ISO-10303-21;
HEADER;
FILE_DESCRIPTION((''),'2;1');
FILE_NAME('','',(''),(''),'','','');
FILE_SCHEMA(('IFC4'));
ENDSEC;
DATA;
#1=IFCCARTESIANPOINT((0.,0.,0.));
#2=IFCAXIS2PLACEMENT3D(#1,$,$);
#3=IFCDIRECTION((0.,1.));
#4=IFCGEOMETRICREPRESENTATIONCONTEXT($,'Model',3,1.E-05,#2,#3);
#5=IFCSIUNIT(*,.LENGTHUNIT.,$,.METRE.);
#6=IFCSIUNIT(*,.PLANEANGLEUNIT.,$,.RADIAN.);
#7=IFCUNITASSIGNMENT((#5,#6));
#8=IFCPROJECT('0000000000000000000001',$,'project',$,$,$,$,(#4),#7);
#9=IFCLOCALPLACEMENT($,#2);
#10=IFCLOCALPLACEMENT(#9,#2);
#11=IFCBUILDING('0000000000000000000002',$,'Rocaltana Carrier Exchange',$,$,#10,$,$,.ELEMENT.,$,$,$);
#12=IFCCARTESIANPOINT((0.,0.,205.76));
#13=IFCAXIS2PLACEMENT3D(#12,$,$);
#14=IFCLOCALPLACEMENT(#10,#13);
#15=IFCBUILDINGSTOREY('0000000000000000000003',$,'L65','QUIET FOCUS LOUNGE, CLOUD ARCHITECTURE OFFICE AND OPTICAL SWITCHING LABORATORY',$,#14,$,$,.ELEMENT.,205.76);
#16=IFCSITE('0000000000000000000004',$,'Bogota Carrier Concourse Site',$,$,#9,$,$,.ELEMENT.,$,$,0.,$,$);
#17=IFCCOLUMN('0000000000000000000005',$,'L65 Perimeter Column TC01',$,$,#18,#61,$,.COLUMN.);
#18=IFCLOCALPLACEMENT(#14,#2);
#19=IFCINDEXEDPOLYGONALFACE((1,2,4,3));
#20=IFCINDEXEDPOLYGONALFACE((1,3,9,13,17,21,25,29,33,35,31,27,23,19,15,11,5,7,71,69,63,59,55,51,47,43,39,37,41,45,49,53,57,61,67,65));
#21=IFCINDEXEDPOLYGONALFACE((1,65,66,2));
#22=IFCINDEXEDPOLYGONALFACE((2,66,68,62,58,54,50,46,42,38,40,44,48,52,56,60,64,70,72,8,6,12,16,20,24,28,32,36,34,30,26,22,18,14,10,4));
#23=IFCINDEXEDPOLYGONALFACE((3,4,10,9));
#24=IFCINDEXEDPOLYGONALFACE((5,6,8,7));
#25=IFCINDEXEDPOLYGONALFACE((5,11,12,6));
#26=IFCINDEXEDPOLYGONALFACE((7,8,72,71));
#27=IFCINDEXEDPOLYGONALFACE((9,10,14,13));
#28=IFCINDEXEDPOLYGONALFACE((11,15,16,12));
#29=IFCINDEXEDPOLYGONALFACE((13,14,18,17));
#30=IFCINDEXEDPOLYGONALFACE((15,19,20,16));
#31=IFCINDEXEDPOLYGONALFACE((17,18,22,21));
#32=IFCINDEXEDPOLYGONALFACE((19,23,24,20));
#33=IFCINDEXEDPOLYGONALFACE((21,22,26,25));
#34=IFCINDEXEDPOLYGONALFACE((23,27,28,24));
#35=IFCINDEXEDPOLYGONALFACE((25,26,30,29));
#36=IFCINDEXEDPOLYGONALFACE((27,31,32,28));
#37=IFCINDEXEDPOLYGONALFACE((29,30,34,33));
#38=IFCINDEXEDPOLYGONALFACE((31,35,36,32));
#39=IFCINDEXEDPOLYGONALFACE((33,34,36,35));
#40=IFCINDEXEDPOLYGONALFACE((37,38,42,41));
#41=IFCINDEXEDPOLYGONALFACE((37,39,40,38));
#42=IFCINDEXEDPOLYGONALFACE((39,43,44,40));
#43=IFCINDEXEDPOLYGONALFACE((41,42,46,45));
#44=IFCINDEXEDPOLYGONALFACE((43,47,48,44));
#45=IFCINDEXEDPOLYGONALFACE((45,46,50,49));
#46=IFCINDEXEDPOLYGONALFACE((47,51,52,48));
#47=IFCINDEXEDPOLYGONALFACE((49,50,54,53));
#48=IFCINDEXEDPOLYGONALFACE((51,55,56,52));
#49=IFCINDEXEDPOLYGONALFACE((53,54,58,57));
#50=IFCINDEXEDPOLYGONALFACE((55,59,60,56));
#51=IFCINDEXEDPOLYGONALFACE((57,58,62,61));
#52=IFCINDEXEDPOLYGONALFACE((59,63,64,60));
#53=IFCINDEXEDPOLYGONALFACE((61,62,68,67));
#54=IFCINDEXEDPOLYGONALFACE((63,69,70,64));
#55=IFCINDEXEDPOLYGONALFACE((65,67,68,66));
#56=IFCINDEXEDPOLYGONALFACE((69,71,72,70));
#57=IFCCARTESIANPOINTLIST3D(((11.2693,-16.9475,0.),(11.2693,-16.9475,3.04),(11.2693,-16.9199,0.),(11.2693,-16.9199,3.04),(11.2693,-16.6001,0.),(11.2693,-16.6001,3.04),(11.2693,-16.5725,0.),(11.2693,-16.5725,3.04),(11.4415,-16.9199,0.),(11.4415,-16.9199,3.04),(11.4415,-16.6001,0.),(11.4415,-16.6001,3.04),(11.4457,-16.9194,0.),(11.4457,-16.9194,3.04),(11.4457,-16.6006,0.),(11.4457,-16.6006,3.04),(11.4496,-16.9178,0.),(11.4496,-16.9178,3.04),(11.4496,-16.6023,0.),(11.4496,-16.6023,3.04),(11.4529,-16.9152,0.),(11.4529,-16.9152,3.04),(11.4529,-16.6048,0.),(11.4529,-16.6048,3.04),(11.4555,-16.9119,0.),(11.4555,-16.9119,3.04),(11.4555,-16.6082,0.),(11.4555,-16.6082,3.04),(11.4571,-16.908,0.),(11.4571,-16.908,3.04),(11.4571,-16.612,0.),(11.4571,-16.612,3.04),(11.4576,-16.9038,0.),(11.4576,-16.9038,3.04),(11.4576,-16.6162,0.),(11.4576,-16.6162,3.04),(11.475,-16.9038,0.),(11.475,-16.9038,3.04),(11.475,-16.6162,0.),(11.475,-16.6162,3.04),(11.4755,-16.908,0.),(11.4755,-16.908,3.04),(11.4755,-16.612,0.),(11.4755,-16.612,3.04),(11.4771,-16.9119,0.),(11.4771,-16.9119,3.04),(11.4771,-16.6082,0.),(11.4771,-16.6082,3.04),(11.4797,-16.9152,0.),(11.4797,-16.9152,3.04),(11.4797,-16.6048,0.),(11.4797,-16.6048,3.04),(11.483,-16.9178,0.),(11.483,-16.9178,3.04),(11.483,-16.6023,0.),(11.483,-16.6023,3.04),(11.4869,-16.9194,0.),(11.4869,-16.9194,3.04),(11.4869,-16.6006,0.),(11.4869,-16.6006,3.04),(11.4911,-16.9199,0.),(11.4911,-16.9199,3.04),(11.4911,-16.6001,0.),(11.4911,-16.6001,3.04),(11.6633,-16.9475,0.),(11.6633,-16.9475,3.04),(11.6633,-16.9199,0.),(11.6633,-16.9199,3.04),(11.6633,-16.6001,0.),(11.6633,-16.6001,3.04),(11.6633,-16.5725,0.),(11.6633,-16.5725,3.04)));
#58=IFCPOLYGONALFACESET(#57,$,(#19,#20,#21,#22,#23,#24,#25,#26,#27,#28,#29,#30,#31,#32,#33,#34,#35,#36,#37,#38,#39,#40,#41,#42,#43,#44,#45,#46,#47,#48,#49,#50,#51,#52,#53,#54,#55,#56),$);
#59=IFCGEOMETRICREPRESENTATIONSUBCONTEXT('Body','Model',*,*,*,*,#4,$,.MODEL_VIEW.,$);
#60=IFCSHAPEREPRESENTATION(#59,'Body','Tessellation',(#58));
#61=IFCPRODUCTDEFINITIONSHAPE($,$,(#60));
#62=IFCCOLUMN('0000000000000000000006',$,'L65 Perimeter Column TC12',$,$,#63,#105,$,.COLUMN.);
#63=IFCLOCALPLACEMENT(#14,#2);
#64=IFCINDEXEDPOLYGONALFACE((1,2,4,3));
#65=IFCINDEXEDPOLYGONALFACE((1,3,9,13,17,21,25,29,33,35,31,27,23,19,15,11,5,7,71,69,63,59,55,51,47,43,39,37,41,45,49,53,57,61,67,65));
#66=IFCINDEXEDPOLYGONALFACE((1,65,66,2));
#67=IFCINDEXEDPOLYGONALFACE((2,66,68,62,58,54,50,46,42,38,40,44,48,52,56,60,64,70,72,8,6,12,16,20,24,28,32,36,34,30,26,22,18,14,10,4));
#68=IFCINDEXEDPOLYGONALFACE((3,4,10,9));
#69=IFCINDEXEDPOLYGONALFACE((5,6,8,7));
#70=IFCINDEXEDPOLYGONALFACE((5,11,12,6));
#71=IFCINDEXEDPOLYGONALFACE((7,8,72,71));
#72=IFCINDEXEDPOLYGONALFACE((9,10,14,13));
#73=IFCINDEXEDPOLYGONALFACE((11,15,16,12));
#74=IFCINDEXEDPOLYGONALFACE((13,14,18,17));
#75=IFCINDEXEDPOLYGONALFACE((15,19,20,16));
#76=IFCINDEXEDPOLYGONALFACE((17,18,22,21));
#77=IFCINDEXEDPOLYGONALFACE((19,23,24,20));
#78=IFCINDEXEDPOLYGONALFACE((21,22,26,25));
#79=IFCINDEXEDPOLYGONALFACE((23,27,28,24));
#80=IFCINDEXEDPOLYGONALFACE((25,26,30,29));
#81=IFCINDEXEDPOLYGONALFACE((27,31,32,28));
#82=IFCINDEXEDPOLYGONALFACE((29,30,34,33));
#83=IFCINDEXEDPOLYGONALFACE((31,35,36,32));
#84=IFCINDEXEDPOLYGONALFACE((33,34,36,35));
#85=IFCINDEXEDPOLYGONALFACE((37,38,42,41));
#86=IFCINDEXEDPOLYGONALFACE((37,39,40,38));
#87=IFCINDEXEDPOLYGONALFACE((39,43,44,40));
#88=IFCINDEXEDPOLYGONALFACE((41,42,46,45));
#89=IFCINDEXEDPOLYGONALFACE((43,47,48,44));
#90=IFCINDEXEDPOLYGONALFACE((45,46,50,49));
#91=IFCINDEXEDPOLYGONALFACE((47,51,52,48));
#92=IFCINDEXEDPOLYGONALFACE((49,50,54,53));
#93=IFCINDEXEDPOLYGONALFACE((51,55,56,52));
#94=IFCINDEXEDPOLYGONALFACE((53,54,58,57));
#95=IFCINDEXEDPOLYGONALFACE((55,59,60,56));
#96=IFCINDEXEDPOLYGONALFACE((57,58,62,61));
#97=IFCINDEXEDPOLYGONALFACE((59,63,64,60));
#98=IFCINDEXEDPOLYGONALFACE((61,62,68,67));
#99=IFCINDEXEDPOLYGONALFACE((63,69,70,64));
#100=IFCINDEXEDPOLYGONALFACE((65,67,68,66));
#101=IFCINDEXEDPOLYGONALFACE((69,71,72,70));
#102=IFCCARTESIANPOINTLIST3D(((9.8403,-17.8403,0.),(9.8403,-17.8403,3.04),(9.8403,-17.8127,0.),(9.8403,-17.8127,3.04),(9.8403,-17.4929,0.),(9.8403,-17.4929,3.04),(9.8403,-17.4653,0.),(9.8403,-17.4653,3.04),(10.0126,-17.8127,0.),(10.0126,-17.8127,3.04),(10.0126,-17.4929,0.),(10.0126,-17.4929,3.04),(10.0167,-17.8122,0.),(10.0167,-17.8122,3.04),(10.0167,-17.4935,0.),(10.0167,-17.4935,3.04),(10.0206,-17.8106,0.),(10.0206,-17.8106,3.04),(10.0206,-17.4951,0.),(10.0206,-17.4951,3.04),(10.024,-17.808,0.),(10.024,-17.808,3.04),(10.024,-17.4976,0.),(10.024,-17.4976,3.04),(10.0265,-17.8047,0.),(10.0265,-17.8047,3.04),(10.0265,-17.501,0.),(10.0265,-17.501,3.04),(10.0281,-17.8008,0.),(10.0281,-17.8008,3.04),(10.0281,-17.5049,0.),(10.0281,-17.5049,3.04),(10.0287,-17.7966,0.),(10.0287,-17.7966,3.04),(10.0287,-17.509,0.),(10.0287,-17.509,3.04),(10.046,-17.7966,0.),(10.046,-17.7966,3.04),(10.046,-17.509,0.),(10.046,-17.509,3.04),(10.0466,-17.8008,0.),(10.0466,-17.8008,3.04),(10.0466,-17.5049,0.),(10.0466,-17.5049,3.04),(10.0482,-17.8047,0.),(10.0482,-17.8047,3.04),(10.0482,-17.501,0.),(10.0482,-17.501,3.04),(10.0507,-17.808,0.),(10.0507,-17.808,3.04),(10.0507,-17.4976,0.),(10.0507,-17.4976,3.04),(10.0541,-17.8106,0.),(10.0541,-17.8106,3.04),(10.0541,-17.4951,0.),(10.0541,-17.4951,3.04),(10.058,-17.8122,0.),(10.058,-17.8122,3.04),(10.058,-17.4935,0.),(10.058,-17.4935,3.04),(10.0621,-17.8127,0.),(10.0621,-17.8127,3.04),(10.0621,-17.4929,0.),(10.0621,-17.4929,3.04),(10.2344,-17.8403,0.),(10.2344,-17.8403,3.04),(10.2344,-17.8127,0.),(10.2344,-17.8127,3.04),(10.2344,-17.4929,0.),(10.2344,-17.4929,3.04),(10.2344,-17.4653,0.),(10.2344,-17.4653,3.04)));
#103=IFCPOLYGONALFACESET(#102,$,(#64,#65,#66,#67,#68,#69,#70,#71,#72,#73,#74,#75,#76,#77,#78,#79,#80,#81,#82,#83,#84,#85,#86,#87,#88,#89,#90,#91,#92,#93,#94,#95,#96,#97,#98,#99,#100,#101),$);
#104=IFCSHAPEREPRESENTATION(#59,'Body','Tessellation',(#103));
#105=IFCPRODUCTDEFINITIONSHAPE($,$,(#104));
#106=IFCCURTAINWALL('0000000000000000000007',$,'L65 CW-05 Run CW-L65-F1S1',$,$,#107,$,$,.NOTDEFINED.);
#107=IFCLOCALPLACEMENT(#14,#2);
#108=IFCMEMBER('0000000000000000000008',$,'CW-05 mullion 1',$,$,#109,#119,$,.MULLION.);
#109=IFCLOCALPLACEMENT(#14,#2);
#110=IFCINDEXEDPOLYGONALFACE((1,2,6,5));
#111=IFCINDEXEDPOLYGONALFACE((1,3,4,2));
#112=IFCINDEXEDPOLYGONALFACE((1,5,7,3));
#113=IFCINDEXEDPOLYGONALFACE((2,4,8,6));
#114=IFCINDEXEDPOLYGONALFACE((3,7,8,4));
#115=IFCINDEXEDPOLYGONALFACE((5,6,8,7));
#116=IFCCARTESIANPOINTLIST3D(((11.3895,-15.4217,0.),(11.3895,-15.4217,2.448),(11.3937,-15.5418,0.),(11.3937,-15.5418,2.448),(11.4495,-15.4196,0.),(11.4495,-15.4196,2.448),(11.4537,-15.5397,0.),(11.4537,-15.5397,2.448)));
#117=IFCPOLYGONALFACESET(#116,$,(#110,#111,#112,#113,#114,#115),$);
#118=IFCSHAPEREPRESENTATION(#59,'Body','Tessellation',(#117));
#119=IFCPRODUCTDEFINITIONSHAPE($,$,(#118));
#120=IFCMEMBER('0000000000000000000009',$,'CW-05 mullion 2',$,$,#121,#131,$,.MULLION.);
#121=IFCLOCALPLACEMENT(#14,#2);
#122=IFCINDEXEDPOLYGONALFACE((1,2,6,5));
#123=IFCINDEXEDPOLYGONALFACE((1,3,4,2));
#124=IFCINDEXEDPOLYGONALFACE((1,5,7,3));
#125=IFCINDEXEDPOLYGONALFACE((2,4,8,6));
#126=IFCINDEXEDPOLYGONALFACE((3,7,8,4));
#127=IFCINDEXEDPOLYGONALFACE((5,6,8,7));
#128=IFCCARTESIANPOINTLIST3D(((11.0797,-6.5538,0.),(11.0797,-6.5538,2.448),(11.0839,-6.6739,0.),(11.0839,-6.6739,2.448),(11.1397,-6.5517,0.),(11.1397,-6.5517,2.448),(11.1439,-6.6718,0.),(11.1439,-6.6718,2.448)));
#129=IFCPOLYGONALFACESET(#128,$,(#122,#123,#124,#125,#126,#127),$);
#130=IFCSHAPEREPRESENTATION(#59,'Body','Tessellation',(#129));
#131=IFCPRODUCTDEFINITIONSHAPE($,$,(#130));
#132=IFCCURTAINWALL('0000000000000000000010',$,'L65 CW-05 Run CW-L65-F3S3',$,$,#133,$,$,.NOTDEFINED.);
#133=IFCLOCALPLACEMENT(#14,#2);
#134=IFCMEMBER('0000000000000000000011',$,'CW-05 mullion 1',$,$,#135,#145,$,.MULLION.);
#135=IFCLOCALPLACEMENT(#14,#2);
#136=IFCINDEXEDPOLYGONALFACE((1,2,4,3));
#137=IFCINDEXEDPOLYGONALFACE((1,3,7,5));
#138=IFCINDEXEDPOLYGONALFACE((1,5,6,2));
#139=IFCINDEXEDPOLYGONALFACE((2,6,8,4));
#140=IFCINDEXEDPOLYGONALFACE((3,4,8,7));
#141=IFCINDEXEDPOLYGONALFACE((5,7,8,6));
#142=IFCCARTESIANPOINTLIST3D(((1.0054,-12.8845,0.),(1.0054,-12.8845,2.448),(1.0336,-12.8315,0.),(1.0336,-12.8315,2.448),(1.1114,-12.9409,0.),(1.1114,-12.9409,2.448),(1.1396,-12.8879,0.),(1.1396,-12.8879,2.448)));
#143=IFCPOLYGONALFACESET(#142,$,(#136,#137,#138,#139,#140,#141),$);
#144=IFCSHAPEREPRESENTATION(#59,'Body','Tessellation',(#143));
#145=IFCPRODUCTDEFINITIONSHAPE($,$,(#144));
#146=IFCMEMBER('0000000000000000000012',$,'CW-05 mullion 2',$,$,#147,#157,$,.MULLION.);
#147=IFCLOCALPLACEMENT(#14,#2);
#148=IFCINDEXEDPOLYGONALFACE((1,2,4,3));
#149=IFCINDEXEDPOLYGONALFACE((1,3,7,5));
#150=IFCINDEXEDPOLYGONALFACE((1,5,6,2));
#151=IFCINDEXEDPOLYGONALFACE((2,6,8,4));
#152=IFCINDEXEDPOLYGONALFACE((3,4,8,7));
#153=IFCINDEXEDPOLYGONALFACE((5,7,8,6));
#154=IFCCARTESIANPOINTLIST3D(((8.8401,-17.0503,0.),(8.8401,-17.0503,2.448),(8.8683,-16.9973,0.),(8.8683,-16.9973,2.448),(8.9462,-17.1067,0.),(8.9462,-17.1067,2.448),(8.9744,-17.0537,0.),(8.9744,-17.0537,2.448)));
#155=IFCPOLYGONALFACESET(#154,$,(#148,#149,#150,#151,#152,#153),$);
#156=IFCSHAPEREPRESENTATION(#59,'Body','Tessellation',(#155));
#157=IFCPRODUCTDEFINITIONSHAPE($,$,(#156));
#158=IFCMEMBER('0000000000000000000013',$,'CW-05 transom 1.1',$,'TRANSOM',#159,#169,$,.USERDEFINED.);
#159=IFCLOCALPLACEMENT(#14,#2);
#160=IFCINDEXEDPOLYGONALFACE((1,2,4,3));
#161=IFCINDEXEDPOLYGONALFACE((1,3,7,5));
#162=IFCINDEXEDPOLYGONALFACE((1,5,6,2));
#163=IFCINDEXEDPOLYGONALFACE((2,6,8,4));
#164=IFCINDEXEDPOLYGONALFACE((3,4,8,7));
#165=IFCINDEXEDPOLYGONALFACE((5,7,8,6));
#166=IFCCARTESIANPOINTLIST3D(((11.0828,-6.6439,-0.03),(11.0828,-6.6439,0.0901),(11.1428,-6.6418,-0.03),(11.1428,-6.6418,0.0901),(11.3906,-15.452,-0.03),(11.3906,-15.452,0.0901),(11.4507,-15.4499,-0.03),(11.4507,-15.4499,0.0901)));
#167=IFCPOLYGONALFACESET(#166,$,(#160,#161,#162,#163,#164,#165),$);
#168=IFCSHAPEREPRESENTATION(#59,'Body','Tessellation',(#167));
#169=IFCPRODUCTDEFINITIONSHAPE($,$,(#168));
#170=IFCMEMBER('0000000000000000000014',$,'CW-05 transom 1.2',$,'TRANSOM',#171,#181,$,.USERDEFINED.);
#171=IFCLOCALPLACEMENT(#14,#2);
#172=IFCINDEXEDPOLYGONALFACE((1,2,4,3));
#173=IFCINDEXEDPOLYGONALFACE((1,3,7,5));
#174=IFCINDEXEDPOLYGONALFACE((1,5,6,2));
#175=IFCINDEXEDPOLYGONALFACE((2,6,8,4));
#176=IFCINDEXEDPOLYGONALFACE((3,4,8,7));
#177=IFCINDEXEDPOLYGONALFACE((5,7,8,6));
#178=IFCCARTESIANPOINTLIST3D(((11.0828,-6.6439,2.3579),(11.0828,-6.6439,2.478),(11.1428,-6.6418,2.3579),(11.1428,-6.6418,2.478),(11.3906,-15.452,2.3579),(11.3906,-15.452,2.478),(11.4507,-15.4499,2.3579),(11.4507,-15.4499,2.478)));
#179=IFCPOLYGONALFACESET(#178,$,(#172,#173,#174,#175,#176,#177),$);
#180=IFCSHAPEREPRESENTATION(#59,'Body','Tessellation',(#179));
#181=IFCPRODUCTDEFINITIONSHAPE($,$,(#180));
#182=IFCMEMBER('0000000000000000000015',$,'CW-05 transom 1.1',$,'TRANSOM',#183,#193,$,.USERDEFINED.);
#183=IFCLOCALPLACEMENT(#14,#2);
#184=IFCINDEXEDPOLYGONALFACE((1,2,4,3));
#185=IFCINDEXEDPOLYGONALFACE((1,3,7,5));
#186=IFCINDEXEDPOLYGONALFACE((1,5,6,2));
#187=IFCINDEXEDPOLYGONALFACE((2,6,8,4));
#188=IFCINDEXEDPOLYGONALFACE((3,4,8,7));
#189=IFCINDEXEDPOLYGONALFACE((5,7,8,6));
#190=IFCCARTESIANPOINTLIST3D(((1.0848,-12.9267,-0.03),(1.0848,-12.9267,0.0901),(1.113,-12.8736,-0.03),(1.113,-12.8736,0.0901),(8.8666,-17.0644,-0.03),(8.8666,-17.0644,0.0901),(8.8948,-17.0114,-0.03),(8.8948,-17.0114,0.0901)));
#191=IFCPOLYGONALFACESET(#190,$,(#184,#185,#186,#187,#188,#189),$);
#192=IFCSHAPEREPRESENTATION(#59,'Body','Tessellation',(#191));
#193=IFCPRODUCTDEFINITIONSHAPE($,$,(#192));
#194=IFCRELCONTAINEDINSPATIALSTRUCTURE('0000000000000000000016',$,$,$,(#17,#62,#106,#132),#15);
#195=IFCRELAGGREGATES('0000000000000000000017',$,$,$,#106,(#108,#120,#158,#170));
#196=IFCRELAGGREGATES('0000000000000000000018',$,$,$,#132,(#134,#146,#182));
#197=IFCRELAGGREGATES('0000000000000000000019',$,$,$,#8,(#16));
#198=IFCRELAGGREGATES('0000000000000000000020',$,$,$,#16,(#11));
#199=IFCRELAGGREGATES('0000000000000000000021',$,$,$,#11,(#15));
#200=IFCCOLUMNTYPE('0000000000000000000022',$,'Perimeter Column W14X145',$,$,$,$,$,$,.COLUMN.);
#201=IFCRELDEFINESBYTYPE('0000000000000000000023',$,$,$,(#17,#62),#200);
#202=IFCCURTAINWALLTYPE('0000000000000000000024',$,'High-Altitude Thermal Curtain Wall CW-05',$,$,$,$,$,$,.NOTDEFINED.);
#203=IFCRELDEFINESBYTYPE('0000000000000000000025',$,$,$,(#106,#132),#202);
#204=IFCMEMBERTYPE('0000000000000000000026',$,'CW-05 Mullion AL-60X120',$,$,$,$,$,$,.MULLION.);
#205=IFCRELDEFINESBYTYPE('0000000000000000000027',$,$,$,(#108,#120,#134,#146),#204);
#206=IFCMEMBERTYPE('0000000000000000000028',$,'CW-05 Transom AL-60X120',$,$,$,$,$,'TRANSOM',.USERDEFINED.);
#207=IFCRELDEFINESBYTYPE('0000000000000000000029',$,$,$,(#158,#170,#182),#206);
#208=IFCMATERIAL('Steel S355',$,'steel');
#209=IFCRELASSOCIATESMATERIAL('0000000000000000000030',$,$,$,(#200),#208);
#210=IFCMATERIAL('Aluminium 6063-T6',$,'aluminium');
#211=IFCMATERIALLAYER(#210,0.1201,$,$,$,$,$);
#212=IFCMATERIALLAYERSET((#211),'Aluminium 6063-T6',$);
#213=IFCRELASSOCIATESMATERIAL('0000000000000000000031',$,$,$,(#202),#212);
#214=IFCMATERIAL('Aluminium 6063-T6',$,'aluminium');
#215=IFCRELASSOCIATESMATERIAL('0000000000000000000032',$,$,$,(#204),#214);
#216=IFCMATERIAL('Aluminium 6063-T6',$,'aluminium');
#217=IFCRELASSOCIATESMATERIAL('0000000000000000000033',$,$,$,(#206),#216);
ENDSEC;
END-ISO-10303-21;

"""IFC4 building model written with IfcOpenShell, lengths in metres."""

from ifc_helpers import new_model, si_unit, direction, frame, origin, origin_2d, place, context, subcontext, project, spatial, rectangle, i_section, extrude, material, layer, layer_set, material_profile, profile_set, type_object, element, aggregate, save


model = new_model("IFC4")

# Units and contexts
model_context = context("Model", 3, precision=1e-05, world=origin(), true_north=direction((0.0, 1.0)))
body_context = subcontext(model_context, "Body", "Model", "MODEL_VIEW")
ifc_project = project(units=[si_unit("LENGTHUNIT", "METRE"), si_unit("PLANEANGLEUNIT", "RADIAN")], contexts=[model_context])

# Site, building, storey
site_placement = place(None, origin())
site = spatial("IfcSite", under=ifc_project, at=site_placement, Name="Bogota Carrier Concourse Site", CompositionType="ELEMENT", RefElevation=0.0)
building_placement = place(site_placement, origin())
building = spatial("IfcBuilding", under=site, at=building_placement, Name="Rocaltana Carrier Exchange", CompositionType="ELEMENT")
storey_placement = place(building_placement, frame((0.0, 0.0, 205.76)))
storey = spatial("IfcBuildingStorey", under=building, at=storey_placement, Name="L65", Description="QUIET FOCUS LOUNGE, CLOUD ARCHITECTURE OFFICE AND OPTICAL SWITCHING LABORATORY", CompositionType="ELEMENT", Elevation=205.76)

# Columns
ifc_material_1 = material(Name="Steel S355", Category="steel")
ifc_material_profile_1 = material_profile(ifc_material_1, i_section(OverallWidth=0.394, OverallDepth=0.375, WebThickness=0.0173, FlangeThickness=0.0276, FilletRadius=0.0161, at=origin_2d()), Name="W14X145")
ifc_profile_set_1 = profile_set([ifc_material_profile_1], Name="Steel S355")
column_type = type_object("IfcColumnType", Name="Perimeter Column W14X145", PredefinedType="COLUMN", material=ifc_profile_set_1)
for number, where, z_axis, x_axis, name in (
    (1, (11.4663, -16.76, 0.0), (0.0, 0.0, 1.0), (1.0, 0.0, 0.0), "L65 Perimeter Column TC01"),
    (2, (10.0374, -17.6528, 0.0), (0.0, 0.0, 1.0), (1.0, 0.0, 0.0), "L65 Perimeter Column TC12"),
):
    element("IfcColumn", number, at=place(storey_placement, frame(where, z_axis=z_axis, x_axis=x_axis)), inside=storey, type_object=column_type, Name=name, PredefinedType="COLUMN", context=body_context, shape_type="SweptSolid", body=[
        extrude(i_section(OverallWidth=0.394, OverallDepth=0.375, WebThickness=0.0173, FlangeThickness=0.0276, FilletRadius=0.0161, at=origin_2d()), origin(), (0.0, 0.0, 1.0), 3.04),
    ])

# Curtain walls, members
ifc_material_2 = material(Name="Aluminium 6063-T6", Category="aluminium")
ifc_layer_1 = layer(ifc_material_2, 0.1201)
ifc_layer_set_1 = layer_set([ifc_layer_1], Name="Aluminium 6063-T6")
curtain_wall_type = type_object("IfcCurtainWallType", Name="High-Altitude Thermal Curtain Wall CW-05", PredefinedType="NOTDEFINED", material=ifc_layer_set_1)
curtain_wall_1_placement = place(storey_placement, origin())
curtain_wall_1 = element("IfcCurtainWall", 3, at=curtain_wall_1_placement, inside=storey, type_object=curtain_wall_type, Name="L65 CW-05 Run CW-L65-F1S1", PredefinedType="NOTDEFINED")
ifc_material_3 = material(Name="Aluminium 6063-T6", Category="aluminium")
ifc_material_profile_2 = material_profile(ifc_material_3, rectangle(XDim=0.0601, YDim=0.1201, at=origin_2d()), Name="AL-60X120")
ifc_profile_set_2 = profile_set([ifc_material_profile_2], Name="Aluminium 6063-T6")
member_type_1 = type_object("IfcMemberType", Name="CW-05 Mullion AL-60X120", PredefinedType="MULLION", material=ifc_profile_set_2)
member_1_placement = place(storey_placement, frame((11.4216, -15.4807, 0.0), z_axis=(0.0, 0.0, 1.0), x_axis=(-0.99939, -0.034914, 0.0)))
member_1 = element("IfcMember", 4, at=member_1_placement, type_object=member_type_1, Name="CW-05 mullion 1", PredefinedType="MULLION", context=body_context, shape_type="SweptSolid", body=[
    extrude(rectangle(XDim=0.0601, YDim=0.1201, at=origin_2d()), origin(), (0.0, 0.0, 1.0), 2.448),
])
member_2_placement = place(storey_placement, frame((11.1118, -6.6128, 0.0), z_axis=(0.0, 0.0, 1.0), x_axis=(-0.99939, -0.034914, 0.0)))
member_2 = element("IfcMember", 5, at=member_2_placement, type_object=member_type_1, Name="CW-05 mullion 2", PredefinedType="MULLION", context=body_context, shape_type="SweptSolid", body=[
    extrude(rectangle(XDim=0.0601, YDim=0.1201, at=origin_2d()), origin(), (0.0, 0.0, 1.0), 2.448),
])
curtain_wall_2_placement = place(storey_placement, origin())
curtain_wall_2 = element("IfcCurtainWall", 6, at=curtain_wall_2_placement, inside=storey, type_object=curtain_wall_type, Name="L65 CW-05 Run CW-L65-F3S3", PredefinedType="NOTDEFINED")
member_3_placement = place(storey_placement, frame((1.0725, -12.8862, 0.0), z_axis=(0.0, 0.0, 1.0), x_axis=(0.469475, 0.882946, 0.0)))
member_3 = element("IfcMember", 7, at=member_3_placement, type_object=member_type_1, Name="CW-05 mullion 1", PredefinedType="MULLION", context=body_context, shape_type="SweptSolid", body=[
    extrude(rectangle(XDim=0.0601, YDim=0.1201, at=origin_2d()), origin(), (0.0, 0.0, 1.0), 2.448),
])
member_4_placement = place(storey_placement, frame((8.9072, -17.052, 0.0), z_axis=(0.0, 0.0, 1.0), x_axis=(0.469475, 0.882946, 0.0)))
member_4 = element("IfcMember", 8, at=member_4_placement, type_object=member_type_1, Name="CW-05 mullion 2", PredefinedType="MULLION", context=body_context, shape_type="SweptSolid", body=[
    extrude(rectangle(XDim=0.0601, YDim=0.1201, at=origin_2d()), origin(), (0.0, 0.0, 1.0), 2.448),
])

# Members
ifc_material_4 = material(Name="Aluminium 6063-T6", Category="aluminium")
ifc_material_profile_3 = material_profile(ifc_material_4, rectangle(XDim=0.0601, YDim=0.1201, at=origin_2d()), Name="AL-60X120")
ifc_profile_set_3 = profile_set([ifc_material_profile_3], Name="Aluminium 6063-T6")
member_type_2 = type_object("IfcMemberType", Name="CW-05 Transom AL-60X120", ElementType="TRANSOM", PredefinedType="USERDEFINED", material=ifc_profile_set_3)
member_5_placement = place(storey_placement, frame((11.4207, -15.4509, 0.03), z_axis=(-0.034931, 0.99939, 0.0), x_axis=(-0.99939, -0.034931, 0.0)))
member_5 = element("IfcMember", 9, at=member_5_placement, type_object=member_type_2, Name="CW-05 transom 1.1", ObjectType="TRANSOM", PredefinedType="USERDEFINED", context=body_context, shape_type="SweptSolid", body=[
    extrude(rectangle(XDim=0.0601, YDim=0.1201, at=origin_2d()), origin(), (0.0, 0.0, 1.0), 8.8135),
])
member_6_placement = place(storey_placement, frame((11.4207, -15.4509, 2.418), z_axis=(-0.034931, 0.99939, 0.0), x_axis=(-0.99939, -0.034931, 0.0)))
member_6 = element("IfcMember", 10, at=member_6_placement, type_object=member_type_2, Name="CW-05 transom 1.2", ObjectType="TRANSOM", PredefinedType="USERDEFINED", context=body_context, shape_type="SweptSolid", body=[
    extrude(rectangle(XDim=0.0601, YDim=0.1201, at=origin_2d()), origin(), (0.0, 0.0, 1.0), 8.8135),
])
member_7_placement = place(storey_placement, frame((1.0989, -12.9001, 0.03), z_axis=(0.882944, -0.469478, 0.0), x_axis=(0.469478, 0.882944, 0.0)))
member_7 = element("IfcMember", 11, at=member_7_placement, type_object=member_type_2, Name="CW-05 transom 1.1", ObjectType="TRANSOM", PredefinedType="USERDEFINED", context=body_context, shape_type="SweptSolid", body=[
    extrude(rectangle(XDim=0.0601, YDim=0.1201, at=origin_2d()), origin(), (0.0, 0.0, 1.0), 8.8135),
])

aggregate(curtain_wall_1, [member_1, member_2, member_5, member_6])
aggregate(curtain_wall_2, [member_3, member_4, member_7])

save(model, "model.ifc")
